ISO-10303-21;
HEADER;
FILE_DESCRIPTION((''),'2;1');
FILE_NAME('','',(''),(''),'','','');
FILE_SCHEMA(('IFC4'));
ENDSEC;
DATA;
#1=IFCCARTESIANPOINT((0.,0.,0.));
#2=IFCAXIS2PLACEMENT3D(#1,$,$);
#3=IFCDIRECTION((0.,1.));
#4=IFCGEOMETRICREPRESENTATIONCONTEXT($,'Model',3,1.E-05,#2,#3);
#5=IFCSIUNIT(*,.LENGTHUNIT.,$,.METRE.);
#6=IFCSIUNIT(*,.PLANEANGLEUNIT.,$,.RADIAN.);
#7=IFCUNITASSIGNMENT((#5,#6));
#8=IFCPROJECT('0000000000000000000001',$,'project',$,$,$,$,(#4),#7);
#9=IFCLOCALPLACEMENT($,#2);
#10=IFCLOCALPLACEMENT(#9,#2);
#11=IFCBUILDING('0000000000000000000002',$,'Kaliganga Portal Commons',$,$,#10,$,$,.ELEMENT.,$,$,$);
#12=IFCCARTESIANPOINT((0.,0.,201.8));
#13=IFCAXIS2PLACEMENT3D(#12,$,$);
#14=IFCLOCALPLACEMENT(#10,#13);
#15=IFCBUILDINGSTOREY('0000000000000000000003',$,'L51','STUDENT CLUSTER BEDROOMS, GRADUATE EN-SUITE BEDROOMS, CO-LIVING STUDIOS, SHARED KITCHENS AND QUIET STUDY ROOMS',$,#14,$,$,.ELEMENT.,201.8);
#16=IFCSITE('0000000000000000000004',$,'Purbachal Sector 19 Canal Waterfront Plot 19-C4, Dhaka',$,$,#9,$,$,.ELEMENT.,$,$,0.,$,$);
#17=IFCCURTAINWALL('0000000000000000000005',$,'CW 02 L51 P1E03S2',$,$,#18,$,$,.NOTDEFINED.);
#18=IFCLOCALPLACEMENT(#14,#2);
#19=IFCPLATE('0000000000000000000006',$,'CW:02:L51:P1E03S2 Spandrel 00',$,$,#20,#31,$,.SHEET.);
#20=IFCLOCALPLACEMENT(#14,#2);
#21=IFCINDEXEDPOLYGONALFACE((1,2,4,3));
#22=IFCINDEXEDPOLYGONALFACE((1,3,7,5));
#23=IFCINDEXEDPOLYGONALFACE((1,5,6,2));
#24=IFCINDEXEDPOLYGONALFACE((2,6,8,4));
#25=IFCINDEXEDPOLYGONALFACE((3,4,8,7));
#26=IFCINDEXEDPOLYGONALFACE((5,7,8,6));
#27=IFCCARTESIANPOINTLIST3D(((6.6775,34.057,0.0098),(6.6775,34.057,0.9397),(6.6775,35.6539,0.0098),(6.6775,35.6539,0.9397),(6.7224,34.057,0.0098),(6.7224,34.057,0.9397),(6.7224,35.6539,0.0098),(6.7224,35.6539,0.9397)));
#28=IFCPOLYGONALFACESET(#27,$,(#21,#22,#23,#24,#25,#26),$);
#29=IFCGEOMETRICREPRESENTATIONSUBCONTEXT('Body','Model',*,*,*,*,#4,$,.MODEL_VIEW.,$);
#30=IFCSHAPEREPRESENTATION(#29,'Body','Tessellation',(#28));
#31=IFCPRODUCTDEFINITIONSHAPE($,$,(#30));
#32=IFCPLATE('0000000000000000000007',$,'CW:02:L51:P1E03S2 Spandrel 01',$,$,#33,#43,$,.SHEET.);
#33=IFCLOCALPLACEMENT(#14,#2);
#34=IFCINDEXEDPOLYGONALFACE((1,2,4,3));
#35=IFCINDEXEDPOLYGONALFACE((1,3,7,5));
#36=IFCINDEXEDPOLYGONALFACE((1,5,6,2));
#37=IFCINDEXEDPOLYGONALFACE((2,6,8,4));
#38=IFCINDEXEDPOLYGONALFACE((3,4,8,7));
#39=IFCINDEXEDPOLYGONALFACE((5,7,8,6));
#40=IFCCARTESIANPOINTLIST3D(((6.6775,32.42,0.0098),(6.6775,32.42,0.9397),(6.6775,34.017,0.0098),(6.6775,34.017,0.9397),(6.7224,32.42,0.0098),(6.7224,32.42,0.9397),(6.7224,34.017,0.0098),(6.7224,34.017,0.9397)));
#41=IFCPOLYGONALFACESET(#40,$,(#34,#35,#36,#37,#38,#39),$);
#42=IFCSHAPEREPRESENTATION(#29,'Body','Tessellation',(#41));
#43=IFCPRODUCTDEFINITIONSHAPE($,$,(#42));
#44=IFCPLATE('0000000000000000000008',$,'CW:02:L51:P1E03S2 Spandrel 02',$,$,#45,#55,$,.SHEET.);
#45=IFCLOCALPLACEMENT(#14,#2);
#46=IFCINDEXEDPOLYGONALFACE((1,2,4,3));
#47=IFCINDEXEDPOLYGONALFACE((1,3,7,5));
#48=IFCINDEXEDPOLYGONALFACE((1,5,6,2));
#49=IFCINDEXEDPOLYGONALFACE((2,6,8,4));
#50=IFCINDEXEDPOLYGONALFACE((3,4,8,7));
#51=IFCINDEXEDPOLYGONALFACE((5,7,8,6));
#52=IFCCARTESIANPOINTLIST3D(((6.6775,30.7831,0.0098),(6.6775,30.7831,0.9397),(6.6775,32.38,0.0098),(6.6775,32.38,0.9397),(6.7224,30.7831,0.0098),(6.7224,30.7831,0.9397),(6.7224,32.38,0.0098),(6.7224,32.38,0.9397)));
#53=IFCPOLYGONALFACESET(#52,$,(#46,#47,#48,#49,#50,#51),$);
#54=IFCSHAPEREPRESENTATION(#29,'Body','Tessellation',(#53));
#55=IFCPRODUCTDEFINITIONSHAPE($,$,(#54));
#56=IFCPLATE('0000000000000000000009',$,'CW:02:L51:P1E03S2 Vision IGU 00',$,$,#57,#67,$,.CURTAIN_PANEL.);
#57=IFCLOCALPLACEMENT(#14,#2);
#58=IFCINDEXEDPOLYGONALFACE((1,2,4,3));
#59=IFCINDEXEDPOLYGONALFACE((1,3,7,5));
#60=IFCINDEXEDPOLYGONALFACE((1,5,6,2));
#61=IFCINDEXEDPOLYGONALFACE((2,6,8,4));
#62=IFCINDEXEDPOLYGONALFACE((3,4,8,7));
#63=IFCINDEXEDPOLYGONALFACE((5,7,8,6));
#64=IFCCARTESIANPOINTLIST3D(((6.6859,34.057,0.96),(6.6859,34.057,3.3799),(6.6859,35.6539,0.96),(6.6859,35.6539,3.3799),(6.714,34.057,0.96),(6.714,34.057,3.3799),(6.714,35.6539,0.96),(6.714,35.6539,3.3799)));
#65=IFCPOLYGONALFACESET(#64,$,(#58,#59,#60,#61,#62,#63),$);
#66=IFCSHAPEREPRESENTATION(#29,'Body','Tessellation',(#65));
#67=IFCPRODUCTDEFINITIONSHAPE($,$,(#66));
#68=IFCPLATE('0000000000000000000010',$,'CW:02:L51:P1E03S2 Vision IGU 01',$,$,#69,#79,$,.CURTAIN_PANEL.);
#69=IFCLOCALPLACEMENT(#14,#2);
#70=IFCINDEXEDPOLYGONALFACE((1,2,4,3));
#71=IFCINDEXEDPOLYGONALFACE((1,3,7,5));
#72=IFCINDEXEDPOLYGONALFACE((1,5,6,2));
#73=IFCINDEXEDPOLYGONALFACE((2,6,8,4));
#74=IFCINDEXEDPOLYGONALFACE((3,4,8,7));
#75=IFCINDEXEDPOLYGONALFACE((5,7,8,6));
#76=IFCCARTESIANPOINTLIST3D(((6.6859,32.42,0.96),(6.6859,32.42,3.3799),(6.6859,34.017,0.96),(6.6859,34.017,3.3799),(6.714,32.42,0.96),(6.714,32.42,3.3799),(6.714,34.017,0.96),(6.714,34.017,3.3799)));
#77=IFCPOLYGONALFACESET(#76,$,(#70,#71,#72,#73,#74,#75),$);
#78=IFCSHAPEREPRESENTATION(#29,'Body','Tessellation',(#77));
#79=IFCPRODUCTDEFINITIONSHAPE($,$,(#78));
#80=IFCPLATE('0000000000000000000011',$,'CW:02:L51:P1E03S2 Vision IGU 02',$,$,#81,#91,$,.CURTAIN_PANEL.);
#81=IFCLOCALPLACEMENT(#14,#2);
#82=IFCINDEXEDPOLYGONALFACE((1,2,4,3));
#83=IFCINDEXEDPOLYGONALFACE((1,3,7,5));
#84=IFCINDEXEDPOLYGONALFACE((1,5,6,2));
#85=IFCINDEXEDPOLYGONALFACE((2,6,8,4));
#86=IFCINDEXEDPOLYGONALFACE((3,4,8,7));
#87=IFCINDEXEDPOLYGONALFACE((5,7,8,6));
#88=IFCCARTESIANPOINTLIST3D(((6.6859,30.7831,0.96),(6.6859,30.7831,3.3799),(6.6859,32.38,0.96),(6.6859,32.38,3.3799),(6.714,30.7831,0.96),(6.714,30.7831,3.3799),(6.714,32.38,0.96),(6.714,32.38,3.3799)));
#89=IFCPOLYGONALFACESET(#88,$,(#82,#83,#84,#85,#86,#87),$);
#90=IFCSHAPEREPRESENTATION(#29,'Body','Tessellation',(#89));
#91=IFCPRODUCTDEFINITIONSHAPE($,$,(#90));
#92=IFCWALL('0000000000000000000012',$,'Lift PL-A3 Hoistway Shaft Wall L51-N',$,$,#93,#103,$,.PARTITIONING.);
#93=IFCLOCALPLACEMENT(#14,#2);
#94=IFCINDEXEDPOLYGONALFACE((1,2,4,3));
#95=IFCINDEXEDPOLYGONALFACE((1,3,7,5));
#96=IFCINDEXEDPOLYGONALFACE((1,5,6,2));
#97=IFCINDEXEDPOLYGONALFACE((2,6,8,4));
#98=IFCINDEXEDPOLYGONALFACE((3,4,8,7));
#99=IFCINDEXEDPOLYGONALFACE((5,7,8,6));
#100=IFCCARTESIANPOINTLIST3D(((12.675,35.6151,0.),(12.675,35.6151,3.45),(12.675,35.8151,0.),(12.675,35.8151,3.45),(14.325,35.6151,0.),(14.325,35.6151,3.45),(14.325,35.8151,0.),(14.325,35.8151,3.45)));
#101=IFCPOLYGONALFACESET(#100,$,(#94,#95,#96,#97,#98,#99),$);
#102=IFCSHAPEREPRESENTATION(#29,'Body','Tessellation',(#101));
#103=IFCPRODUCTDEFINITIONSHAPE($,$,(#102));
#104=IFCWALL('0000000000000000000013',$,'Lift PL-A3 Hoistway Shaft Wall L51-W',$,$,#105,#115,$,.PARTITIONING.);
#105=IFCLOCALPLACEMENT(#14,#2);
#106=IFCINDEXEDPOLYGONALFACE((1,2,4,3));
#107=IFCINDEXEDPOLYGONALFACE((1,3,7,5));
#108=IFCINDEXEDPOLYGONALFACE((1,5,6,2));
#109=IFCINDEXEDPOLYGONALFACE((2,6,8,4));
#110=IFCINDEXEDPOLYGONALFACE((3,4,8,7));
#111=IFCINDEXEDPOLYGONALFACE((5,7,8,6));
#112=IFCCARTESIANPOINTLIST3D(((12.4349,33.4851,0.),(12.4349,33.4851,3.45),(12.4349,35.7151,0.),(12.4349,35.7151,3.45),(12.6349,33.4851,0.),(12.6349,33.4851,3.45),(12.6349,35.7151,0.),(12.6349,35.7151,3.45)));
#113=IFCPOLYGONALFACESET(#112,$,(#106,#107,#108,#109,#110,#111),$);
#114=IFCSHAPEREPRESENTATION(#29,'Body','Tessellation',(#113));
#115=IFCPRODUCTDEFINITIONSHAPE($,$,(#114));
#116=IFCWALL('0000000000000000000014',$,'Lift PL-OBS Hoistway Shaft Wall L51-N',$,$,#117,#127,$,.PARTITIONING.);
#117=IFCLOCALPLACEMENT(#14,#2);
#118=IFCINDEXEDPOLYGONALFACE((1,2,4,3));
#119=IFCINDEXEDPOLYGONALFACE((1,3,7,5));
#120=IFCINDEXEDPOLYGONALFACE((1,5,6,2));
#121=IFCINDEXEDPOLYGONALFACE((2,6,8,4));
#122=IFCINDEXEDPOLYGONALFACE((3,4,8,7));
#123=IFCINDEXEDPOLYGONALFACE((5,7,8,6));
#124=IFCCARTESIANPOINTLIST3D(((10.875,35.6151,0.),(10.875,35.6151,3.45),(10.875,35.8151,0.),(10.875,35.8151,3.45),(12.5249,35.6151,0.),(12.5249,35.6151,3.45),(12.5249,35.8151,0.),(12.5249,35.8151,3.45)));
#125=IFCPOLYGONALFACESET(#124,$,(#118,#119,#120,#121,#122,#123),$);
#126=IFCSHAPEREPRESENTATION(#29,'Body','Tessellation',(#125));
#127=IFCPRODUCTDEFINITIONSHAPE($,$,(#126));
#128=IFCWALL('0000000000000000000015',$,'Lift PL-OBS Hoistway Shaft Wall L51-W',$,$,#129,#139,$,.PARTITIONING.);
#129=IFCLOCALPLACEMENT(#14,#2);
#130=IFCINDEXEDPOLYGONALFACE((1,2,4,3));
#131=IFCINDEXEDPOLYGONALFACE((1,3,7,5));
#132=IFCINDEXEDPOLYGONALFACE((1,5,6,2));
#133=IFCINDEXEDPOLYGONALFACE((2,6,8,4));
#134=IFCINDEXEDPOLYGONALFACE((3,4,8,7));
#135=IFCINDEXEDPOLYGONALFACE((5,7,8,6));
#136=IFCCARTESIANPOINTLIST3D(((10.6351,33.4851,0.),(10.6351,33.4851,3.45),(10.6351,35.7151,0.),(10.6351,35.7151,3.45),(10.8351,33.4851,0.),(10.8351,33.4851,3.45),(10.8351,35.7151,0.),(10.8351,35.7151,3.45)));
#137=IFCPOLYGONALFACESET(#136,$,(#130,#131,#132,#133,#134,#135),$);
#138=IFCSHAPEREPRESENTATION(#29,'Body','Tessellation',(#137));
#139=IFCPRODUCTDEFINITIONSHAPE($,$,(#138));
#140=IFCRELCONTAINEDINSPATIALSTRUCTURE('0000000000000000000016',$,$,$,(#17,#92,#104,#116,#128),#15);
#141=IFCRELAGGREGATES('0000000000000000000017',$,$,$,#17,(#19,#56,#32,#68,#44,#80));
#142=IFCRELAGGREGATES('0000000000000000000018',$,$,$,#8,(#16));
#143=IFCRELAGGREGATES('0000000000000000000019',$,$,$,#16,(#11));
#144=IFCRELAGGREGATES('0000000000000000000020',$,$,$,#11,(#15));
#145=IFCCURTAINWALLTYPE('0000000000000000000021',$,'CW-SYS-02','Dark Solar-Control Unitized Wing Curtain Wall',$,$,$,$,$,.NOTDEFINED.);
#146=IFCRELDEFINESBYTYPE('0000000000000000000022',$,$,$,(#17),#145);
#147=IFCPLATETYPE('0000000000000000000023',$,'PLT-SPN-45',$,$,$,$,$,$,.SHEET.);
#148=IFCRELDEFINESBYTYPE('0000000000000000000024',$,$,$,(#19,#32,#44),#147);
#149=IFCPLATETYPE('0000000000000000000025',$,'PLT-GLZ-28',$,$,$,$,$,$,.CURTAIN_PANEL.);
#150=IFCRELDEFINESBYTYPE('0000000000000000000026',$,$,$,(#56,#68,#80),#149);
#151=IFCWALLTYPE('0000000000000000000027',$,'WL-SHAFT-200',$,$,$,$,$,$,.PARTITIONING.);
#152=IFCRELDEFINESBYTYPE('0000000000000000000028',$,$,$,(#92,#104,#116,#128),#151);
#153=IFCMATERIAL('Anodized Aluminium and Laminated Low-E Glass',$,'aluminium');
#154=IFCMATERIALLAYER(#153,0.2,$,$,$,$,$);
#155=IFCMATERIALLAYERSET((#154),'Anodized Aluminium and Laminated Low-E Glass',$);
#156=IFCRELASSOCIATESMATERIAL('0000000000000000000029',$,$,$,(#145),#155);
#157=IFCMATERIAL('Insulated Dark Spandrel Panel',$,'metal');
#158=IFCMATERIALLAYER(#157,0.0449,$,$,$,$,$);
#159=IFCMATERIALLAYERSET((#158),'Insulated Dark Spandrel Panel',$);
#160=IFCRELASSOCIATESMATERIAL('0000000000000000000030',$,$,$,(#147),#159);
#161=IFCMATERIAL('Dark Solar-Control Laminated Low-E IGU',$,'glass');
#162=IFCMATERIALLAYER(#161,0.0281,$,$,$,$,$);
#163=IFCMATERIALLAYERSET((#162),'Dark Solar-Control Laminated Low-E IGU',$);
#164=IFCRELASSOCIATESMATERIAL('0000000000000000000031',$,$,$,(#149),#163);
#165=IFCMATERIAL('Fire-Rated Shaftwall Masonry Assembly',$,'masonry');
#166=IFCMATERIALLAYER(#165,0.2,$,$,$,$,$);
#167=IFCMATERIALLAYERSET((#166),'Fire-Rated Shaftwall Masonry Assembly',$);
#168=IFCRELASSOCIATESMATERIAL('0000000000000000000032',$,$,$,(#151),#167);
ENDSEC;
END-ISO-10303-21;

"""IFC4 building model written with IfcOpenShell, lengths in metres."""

from ifc_helpers import new_model, si_unit, direction, frame, frame_2d, origin, origin_2d, place, context, subcontext, project, spatial, rectangle, extrude, source, transform, mapped, material, layer, layer_set, type_object, element, aggregate, save


model = new_model("IFC4")

# Units and contexts
model_context = context("Model", 3, precision=1e-05, world=origin(), true_north=direction((0.0, 1.0)))
body_context = subcontext(model_context, "Body", "Model", "MODEL_VIEW")
ifc_project = project(units=[si_unit("LENGTHUNIT", "METRE"), si_unit("PLANEANGLEUNIT", "RADIAN")], contexts=[model_context])

# Site, building, storey
site_placement = place(None, origin())
site = spatial("IfcSite", under=ifc_project, at=site_placement, Name="Purbachal Sector 19 Canal Waterfront Plot 19-C4, Dhaka", CompositionType="ELEMENT", RefElevation=0.0)
building_placement = place(site_placement, origin())
building = spatial("IfcBuilding", under=site, at=building_placement, Name="Kaliganga Portal Commons", CompositionType="ELEMENT")
storey_placement = place(building_placement, frame((0.0, 0.0, 201.8)))
storey = spatial("IfcBuildingStorey", under=building, at=storey_placement, Name="L51", Description="STUDENT CLUSTER BEDROOMS, GRADUATE EN-SUITE BEDROOMS, CO-LIVING STUDIOS, SHARED KITCHENS AND QUIET STUDY ROOMS", CompositionType="ELEMENT", Elevation=201.8)

# Curtain wall, plates
ifc_material_1 = material(Name="Anodized Aluminium and Laminated Low-E Glass", Category="aluminium")
ifc_layer_1 = layer(ifc_material_1, 0.2)
ifc_layer_set_1 = layer_set([ifc_layer_1], Name="Anodized Aluminium and Laminated Low-E Glass")
curtain_wall_type = type_object("IfcCurtainWallType", Name="CW-SYS-02", Description="Dark Solar-Control Unitized Wing Curtain Wall", PredefinedType="NOTDEFINED", material=ifc_layer_set_1)
curtain_wall_placement = place(storey_placement, origin())
curtain_wall = element("IfcCurtainWall", 1, at=curtain_wall_placement, inside=storey, type_object=curtain_wall_type, Name="CW 02 L51 P1E03S2", PredefinedType="NOTDEFINED")
ifc_material_2 = material(Name="Insulated Dark Spandrel Panel", Category="metal")
ifc_layer_2 = layer(ifc_material_2, 0.0449)
ifc_layer_set_2 = layer_set([ifc_layer_2], Name="Insulated Dark Spandrel Panel")
plate_type_1 = type_object("IfcPlateType", Name="PLT-SPN-45", PredefinedType="SHEET", material=ifc_layer_set_2)
shared_shape_1 = source(origin(), body_context, "Body", "SweptSolid", [
    extrude(rectangle(XDim=1.5969, YDim=0.0449, at=origin_2d()), origin(), (0.0, 0.0, 1.0), 0.9299),
])
plate_1_placement = place(storey_placement, frame((6.7, 34.8555, 0.0098), z_axis=(0.0, 0.0, 1.0), x_axis=(0.0, -1.0, 0.0)))
plate_1 = element("IfcPlate", 2, at=plate_1_placement, type_object=plate_type_1, Name="CW:02:L51:P1E03S2 Spandrel 00", PredefinedType="SHEET", context=body_context, shape_type="MappedRepresentation", body=[
    mapped(shared_shape_1, transform((0.0, 0.0, 0.0), x_axis=(1.0, 0.0, 0.0), y_axis=(0.0, 1.0, 0.0), z_axis=(0.0, 0.0, 1.0), scale=1.0)),
])
plate_2_placement = place(storey_placement, frame((6.7, 33.2185, 0.0098), z_axis=(0.0, 0.0, 1.0), x_axis=(0.0, -1.0, 0.0)))
plate_2 = element("IfcPlate", 3, at=plate_2_placement, type_object=plate_type_1, Name="CW:02:L51:P1E03S2 Spandrel 01", PredefinedType="SHEET", context=body_context, shape_type="MappedRepresentation", body=[
    mapped(shared_shape_1, transform((0.0, 0.0, 0.0), x_axis=(1.0, 0.0, 0.0), y_axis=(0.0, 1.0, 0.0), z_axis=(0.0, 0.0, 1.0), scale=1.0)),
])
plate_3_placement = place(storey_placement, frame((6.7, 31.5815, 0.0098), z_axis=(0.0, 0.0, 1.0), x_axis=(0.0, -1.0, 0.0)))
plate_3 = element("IfcPlate", 4, at=plate_3_placement, type_object=plate_type_1, Name="CW:02:L51:P1E03S2 Spandrel 02", PredefinedType="SHEET", context=body_context, shape_type="MappedRepresentation", body=[
    mapped(shared_shape_1, transform((0.0, 0.0, 0.0), x_axis=(1.0, 0.0, 0.0), y_axis=(0.0, 1.0, 0.0), z_axis=(0.0, 0.0, 1.0), scale=1.0)),
])
ifc_material_3 = material(Name="Dark Solar-Control Laminated Low-E IGU", Category="glass")
ifc_layer_3 = layer(ifc_material_3, 0.0281)
ifc_layer_set_3 = layer_set([ifc_layer_3], Name="Dark Solar-Control Laminated Low-E IGU")
plate_type_2 = type_object("IfcPlateType", Name="PLT-GLZ-28", PredefinedType="CURTAIN_PANEL", material=ifc_layer_set_3)
shared_shape_2 = source(origin(), body_context, "Body", "SweptSolid", [
    extrude(rectangle(XDim=1.5969, YDim=0.0281, at=origin_2d()), origin(), (0.0, 0.0, 1.0), 2.4199),
])
plate_4_placement = place(storey_placement, frame((6.7, 34.8555, 0.96), z_axis=(0.0, 0.0, 1.0), x_axis=(0.0, -1.0, 0.0)))
plate_4 = element("IfcPlate", 5, at=plate_4_placement, type_object=plate_type_2, Name="CW:02:L51:P1E03S2 Vision IGU 00", PredefinedType="CURTAIN_PANEL", context=body_context, shape_type="MappedRepresentation", body=[
    mapped(shared_shape_2, transform((0.0, 0.0, 0.0), x_axis=(1.0, 0.0, 0.0), y_axis=(0.0, 1.0, 0.0), z_axis=(0.0, 0.0, 1.0), scale=1.0)),
])
plate_5_placement = place(storey_placement, frame((6.7, 33.2185, 0.96), z_axis=(0.0, 0.0, 1.0), x_axis=(0.0, -1.0, 0.0)))
plate_5 = element("IfcPlate", 6, at=plate_5_placement, type_object=plate_type_2, Name="CW:02:L51:P1E03S2 Vision IGU 01", PredefinedType="CURTAIN_PANEL", context=body_context, shape_type="MappedRepresentation", body=[
    mapped(shared_shape_2, transform((0.0, 0.0, 0.0), x_axis=(1.0, 0.0, 0.0), y_axis=(0.0, 1.0, 0.0), z_axis=(0.0, 0.0, 1.0), scale=1.0)),
])
plate_6_placement = place(storey_placement, frame((6.7, 31.5815, 0.96), z_axis=(0.0, 0.0, 1.0), x_axis=(0.0, -1.0, 0.0)))
plate_6 = element("IfcPlate", 7, at=plate_6_placement, type_object=plate_type_2, Name="CW:02:L51:P1E03S2 Vision IGU 02", PredefinedType="CURTAIN_PANEL", context=body_context, shape_type="MappedRepresentation", body=[
    mapped(shared_shape_2, transform((0.0, 0.0, 0.0), x_axis=(1.0, 0.0, 0.0), y_axis=(0.0, 1.0, 0.0), z_axis=(0.0, 0.0, 1.0), scale=1.0)),
])
aggregate(curtain_wall, [plate_1, plate_4, plate_2, plate_5, plate_3, plate_6])

# Shared definitions
ifc_material_4 = material(Name="Fire-Rated Shaftwall Masonry Assembly", Category="masonry")
ifc_layer_4 = layer(ifc_material_4, 0.2)
ifc_layer_set_4 = layer_set([ifc_layer_4], Name="Fire-Rated Shaftwall Masonry Assembly")
wall_type = type_object("IfcWallType", Name="WL-SHAFT-200", PredefinedType="PARTITIONING", material=ifc_layer_set_4)

# Walls
wall_1_placement = place(storey_placement, frame((12.675, 35.7151, 0.0), z_axis=(0.0, 0.0, 1.0), x_axis=(1.0, 0.0, 0.0)))
element("IfcWall", 8, at=wall_1_placement, inside=storey, type_object=wall_type, Name="Lift PL-A3 Hoistway Shaft Wall L51-N", PredefinedType="PARTITIONING", context=body_context, shape_type="SweptSolid", body=[
    extrude(rectangle(XDim=1.6499, YDim=0.2, at=frame_2d((0.825, 0.0))), origin(), (0.0, 0.0, 1.0), 3.45),
])
wall_2_placement = place(storey_placement, frame((12.5349, 33.4851, 0.0), z_axis=(0.0, 0.0, 1.0), x_axis=(0.0, 1.0, 0.0)))
element("IfcWall", 9, at=wall_2_placement, inside=storey, type_object=wall_type, Name="Lift PL-A3 Hoistway Shaft Wall L51-W", PredefinedType="PARTITIONING", context=body_context, shape_type="SweptSolid", body=[
    extrude(rectangle(XDim=2.23, YDim=0.2, at=frame_2d((1.115, 0.0))), origin(), (0.0, 0.0, 1.0), 3.45),
])

# Walls
wall_3_placement = place(storey_placement, frame((10.875, 35.7151, 0.0), z_axis=(0.0, 0.0, 1.0), x_axis=(1.0, 0.0, 0.0)))
element("IfcWall", 10, at=wall_3_placement, inside=storey, type_object=wall_type, Name="Lift PL-OBS Hoistway Shaft Wall L51-N", PredefinedType="PARTITIONING", context=body_context, shape_type="SweptSolid", body=[
    extrude(rectangle(XDim=1.6499, YDim=0.2, at=frame_2d((0.825, 0.0))), origin(), (0.0, 0.0, 1.0), 3.45),
])
wall_4_placement = place(storey_placement, frame((10.7351, 33.4851, 0.0), z_axis=(0.0, 0.0, 1.0), x_axis=(0.0, 1.0, 0.0)))
element("IfcWall", 11, at=wall_4_placement, inside=storey, type_object=wall_type, Name="Lift PL-OBS Hoistway Shaft Wall L51-W", PredefinedType="PARTITIONING", context=body_context, shape_type="SweptSolid", body=[
    extrude(rectangle(XDim=2.23, YDim=0.2, at=frame_2d((1.115, 0.0))), origin(), (0.0, 0.0, 1.0), 3.45),
])

save(model, "model.ifc")
